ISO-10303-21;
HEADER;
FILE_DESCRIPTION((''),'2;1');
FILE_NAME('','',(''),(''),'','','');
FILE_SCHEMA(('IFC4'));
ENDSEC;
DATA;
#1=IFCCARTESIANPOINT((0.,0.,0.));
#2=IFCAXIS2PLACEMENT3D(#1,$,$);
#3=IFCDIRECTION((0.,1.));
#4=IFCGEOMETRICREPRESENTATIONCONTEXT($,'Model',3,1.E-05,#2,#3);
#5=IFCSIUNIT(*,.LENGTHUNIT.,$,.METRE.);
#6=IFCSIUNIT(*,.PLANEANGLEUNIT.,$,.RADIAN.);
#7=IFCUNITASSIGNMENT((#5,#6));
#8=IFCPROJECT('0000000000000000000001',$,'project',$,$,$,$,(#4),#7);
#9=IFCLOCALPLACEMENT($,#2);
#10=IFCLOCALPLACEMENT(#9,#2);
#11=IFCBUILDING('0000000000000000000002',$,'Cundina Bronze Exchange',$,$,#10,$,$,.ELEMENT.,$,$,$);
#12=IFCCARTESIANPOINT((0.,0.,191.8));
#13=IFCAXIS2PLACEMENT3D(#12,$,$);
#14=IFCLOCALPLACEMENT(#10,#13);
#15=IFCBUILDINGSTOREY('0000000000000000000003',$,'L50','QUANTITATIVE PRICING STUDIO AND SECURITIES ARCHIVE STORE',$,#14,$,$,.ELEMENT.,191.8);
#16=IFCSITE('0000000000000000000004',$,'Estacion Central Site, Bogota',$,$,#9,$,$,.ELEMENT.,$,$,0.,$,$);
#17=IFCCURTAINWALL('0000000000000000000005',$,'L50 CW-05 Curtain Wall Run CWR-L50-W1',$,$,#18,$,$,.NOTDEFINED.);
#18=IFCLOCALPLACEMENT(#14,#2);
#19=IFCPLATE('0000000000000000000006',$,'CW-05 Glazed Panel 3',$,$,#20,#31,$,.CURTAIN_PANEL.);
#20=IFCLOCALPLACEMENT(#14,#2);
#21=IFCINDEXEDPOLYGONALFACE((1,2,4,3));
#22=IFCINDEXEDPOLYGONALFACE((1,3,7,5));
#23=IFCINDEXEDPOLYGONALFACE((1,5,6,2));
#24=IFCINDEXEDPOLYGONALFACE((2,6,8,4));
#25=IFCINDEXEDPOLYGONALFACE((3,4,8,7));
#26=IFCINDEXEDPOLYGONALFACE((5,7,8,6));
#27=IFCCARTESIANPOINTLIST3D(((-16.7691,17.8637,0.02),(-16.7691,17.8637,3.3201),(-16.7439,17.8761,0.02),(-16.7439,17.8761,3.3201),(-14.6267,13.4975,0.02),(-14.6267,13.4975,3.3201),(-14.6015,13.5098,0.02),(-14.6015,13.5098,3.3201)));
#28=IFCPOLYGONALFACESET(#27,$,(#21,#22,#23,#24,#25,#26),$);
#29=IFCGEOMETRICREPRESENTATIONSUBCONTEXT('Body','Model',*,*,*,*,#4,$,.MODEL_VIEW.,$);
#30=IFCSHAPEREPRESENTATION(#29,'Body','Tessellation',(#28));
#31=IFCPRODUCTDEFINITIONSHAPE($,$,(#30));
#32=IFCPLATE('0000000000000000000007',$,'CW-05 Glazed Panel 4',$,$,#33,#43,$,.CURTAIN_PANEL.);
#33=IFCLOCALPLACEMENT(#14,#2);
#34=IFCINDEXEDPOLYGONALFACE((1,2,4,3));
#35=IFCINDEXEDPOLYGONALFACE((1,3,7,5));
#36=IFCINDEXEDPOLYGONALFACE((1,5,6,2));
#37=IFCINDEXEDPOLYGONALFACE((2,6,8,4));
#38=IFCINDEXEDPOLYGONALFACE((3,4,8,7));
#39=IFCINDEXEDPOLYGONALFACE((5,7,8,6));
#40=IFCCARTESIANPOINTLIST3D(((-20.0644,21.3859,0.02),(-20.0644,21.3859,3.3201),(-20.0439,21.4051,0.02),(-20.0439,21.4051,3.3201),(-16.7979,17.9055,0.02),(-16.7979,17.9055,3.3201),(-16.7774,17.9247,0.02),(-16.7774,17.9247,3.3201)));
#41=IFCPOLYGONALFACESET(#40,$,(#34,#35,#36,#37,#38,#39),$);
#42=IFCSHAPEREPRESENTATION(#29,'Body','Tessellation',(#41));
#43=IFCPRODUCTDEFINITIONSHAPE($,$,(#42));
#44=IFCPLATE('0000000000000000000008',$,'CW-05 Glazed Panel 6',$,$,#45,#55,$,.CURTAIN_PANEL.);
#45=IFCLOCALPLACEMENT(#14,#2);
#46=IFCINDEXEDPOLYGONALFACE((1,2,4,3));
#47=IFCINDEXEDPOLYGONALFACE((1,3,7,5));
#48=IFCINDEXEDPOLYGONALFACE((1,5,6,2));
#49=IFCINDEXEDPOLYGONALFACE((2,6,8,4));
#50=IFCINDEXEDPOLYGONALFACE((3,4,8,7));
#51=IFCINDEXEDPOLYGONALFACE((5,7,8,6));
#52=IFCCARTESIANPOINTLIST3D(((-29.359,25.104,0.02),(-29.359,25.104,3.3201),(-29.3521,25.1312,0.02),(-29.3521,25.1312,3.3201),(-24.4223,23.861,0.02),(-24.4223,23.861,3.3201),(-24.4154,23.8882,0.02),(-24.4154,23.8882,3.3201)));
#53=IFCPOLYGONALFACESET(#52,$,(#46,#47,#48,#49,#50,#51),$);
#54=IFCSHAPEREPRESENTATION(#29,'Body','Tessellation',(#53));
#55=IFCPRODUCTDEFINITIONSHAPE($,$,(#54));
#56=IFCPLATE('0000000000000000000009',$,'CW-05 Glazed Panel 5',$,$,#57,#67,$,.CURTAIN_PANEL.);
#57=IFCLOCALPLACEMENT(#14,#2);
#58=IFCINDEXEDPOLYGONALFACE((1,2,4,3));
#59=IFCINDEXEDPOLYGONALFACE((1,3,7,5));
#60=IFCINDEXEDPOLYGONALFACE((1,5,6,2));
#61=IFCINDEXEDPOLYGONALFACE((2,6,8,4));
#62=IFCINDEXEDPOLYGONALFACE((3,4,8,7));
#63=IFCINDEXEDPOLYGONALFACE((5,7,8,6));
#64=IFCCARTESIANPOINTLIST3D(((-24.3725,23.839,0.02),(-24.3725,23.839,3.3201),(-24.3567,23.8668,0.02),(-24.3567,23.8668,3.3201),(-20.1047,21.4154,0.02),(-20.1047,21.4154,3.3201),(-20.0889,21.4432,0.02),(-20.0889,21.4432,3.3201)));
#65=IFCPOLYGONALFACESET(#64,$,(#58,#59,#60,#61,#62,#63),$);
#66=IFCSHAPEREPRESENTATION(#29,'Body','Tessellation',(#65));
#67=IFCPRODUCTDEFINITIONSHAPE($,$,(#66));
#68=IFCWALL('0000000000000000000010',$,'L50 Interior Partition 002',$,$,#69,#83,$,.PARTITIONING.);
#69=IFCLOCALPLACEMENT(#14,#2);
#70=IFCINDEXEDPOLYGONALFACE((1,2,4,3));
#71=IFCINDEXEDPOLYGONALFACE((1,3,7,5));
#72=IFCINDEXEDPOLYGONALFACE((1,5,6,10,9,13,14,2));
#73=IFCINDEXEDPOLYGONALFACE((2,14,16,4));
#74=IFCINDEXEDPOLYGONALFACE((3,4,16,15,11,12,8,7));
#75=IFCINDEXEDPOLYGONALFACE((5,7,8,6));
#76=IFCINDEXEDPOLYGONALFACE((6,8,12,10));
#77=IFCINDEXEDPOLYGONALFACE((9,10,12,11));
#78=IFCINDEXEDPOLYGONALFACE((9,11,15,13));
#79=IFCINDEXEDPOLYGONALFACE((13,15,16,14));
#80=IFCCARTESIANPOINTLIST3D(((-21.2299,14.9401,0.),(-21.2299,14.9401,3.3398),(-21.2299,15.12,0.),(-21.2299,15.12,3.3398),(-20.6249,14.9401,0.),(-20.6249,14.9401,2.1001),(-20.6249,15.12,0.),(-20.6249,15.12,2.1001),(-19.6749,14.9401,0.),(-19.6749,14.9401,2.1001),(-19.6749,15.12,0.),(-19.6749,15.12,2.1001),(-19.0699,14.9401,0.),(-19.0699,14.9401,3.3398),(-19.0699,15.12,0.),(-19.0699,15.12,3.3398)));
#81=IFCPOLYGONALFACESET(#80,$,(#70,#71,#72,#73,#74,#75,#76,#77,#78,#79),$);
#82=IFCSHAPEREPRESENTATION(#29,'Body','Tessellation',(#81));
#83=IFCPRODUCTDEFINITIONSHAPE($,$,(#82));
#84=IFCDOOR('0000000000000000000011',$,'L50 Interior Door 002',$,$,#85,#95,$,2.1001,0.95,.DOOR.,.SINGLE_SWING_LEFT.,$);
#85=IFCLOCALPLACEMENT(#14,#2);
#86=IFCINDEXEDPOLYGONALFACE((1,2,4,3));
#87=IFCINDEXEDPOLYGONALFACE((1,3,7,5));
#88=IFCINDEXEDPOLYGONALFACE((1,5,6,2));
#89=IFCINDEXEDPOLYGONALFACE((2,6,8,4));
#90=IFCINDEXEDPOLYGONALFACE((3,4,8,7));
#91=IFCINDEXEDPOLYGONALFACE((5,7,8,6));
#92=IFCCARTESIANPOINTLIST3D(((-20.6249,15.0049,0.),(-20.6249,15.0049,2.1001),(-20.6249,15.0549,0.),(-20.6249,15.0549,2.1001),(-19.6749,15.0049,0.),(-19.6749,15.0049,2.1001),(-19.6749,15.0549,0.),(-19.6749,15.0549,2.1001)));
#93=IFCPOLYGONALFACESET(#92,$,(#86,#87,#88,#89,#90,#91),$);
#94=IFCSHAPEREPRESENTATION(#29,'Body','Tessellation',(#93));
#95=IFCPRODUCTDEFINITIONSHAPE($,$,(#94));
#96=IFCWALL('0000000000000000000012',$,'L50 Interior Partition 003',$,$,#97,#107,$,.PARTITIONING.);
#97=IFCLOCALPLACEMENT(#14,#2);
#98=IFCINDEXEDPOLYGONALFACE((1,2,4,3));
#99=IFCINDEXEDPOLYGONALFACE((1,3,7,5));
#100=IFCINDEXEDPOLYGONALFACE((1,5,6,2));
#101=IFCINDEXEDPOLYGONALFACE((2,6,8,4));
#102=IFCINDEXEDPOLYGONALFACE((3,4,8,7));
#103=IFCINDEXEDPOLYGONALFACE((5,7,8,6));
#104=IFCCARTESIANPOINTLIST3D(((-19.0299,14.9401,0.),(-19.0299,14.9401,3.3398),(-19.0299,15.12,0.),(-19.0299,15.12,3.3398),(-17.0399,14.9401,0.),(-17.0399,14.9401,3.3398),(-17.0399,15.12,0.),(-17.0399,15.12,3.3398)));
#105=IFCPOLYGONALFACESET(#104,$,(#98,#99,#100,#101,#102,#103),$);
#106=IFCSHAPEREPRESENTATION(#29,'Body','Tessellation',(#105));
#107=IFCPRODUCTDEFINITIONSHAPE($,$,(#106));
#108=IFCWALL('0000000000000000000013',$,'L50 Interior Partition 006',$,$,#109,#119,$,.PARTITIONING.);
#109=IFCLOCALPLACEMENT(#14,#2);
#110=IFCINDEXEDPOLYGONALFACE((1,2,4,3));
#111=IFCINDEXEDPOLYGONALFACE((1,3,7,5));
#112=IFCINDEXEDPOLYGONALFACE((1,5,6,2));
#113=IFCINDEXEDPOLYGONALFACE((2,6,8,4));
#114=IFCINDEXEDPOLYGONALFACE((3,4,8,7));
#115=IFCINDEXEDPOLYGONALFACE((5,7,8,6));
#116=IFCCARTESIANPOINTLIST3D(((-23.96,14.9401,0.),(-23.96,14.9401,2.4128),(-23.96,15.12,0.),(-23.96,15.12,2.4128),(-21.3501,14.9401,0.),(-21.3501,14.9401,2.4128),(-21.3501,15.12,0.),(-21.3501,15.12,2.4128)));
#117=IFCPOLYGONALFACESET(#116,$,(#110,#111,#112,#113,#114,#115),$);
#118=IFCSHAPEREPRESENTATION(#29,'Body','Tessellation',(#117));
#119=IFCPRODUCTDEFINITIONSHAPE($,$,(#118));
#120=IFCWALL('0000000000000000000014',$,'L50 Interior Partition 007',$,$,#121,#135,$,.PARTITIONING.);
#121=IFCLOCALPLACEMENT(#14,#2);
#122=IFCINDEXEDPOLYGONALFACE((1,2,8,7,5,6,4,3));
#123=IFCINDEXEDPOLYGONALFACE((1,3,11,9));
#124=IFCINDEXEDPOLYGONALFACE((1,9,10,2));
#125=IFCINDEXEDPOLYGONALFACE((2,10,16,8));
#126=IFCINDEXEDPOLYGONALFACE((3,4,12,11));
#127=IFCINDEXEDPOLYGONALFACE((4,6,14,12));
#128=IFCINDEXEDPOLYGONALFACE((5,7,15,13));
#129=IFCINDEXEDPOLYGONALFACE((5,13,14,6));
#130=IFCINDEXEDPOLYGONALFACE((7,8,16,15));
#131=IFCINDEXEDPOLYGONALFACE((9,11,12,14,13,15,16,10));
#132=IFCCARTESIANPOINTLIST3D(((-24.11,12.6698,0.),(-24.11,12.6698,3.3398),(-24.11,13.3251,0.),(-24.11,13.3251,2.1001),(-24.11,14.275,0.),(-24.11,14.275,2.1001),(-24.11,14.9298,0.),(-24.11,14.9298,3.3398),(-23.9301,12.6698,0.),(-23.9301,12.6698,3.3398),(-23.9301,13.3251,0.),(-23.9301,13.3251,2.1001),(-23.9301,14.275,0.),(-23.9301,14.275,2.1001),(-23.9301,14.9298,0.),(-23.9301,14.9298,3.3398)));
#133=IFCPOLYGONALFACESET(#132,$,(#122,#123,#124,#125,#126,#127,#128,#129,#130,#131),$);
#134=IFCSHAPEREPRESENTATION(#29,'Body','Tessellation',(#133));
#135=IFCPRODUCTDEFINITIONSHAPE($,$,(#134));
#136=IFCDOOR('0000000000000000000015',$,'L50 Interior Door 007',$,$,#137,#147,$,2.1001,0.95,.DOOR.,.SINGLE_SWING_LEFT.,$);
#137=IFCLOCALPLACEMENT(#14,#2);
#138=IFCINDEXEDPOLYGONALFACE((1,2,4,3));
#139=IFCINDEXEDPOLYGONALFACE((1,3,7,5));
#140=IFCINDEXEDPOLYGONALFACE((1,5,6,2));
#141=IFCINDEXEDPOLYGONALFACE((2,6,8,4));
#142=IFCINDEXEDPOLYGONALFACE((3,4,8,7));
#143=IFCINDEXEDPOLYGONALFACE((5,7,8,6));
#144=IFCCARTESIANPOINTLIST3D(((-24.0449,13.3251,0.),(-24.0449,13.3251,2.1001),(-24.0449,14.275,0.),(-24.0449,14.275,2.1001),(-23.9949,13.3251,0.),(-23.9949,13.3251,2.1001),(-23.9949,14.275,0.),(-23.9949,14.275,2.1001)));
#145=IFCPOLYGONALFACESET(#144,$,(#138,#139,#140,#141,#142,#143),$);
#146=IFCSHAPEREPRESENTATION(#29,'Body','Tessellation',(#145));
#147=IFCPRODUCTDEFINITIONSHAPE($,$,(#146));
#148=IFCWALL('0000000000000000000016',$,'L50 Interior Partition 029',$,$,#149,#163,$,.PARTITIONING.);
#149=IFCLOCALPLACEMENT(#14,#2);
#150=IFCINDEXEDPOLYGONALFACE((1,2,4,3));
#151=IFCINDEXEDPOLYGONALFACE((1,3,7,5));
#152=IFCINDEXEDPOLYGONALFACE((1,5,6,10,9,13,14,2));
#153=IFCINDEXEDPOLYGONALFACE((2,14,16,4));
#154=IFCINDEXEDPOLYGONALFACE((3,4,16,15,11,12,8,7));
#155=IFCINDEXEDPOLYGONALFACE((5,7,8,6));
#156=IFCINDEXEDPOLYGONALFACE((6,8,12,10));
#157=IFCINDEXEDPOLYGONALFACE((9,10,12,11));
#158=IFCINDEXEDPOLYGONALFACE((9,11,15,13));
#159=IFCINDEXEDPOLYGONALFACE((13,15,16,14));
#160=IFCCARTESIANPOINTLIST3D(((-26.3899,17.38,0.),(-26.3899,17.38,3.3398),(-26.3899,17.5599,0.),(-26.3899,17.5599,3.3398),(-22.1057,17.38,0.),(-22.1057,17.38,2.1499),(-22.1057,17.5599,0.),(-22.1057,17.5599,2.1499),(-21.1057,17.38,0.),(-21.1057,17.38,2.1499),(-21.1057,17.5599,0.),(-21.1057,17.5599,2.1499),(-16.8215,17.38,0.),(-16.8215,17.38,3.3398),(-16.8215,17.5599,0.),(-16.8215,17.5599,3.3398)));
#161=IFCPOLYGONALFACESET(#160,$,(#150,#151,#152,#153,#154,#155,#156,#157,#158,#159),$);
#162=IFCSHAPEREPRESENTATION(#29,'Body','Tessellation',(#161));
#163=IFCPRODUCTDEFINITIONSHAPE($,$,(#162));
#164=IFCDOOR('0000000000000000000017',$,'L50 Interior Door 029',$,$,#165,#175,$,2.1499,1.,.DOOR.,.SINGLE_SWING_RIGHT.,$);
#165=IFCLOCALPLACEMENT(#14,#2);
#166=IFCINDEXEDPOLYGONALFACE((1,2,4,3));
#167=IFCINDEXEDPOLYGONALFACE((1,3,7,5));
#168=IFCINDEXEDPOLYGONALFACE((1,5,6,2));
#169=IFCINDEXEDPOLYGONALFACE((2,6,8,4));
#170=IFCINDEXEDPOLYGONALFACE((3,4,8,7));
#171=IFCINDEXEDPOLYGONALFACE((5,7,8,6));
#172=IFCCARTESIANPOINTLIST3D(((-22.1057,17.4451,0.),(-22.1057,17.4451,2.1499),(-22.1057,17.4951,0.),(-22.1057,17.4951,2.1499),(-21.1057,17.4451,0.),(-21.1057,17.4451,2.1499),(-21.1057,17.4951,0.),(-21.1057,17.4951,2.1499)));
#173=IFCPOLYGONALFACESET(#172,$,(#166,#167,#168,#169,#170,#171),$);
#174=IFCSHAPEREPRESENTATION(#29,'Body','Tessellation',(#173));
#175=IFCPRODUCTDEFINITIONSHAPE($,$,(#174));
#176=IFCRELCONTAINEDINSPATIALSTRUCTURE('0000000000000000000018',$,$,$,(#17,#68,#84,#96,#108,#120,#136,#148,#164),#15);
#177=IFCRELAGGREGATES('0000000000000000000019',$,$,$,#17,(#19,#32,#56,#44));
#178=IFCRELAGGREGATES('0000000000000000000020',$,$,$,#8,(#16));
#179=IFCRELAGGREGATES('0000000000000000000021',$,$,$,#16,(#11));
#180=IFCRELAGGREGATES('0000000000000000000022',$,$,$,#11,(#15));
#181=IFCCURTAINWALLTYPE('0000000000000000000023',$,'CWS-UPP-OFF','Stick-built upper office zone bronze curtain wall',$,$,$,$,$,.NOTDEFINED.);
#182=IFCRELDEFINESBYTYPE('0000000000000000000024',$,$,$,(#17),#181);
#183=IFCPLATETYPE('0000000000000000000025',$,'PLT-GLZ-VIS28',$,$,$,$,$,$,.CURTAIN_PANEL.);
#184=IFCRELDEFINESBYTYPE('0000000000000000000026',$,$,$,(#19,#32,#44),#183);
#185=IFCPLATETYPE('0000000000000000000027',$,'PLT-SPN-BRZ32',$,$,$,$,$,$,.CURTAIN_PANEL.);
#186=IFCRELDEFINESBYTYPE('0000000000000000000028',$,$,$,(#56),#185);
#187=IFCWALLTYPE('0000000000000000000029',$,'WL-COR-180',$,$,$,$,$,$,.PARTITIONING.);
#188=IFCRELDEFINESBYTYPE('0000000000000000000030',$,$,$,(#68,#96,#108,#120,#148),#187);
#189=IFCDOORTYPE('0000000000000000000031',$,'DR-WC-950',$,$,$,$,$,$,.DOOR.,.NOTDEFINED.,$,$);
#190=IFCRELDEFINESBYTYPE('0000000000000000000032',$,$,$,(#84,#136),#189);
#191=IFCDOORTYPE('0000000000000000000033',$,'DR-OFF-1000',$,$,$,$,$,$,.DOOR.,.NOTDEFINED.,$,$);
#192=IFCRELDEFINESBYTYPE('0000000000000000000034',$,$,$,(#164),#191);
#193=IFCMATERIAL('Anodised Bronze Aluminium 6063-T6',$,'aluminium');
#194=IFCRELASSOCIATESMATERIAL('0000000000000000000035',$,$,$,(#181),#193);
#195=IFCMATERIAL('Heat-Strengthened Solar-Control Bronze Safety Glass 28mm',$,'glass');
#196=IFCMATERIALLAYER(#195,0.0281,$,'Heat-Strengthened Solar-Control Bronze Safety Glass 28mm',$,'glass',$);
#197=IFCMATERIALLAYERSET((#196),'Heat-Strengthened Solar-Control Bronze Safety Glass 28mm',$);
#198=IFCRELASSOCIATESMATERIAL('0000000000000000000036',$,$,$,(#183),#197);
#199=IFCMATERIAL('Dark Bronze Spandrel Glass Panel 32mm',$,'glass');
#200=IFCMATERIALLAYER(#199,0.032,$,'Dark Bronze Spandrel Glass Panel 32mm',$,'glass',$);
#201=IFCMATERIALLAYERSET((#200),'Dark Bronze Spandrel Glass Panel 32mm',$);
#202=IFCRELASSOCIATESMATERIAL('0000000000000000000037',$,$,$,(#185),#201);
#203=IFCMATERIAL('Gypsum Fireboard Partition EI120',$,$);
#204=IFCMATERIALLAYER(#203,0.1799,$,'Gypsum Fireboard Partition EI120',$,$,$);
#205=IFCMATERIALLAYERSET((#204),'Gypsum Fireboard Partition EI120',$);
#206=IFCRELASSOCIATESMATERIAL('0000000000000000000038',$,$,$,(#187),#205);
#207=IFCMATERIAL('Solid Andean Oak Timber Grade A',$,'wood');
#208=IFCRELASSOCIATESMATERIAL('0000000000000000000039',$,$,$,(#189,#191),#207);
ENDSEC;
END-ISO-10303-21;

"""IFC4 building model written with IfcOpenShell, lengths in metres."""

from ifc_helpers import new_model, si_unit, direction, frame, frame_2d, origin, origin_2d, place, context, subcontext, project, spatial, rectangle, extrude, material, layer, layer_set, type_object, element, fill, aggregate, save


model = new_model("IFC4")

# Units and contexts
model_context = context("Model", 3, precision=1e-05, world=origin(), true_north=direction((0.0, 1.0)))
body_context = subcontext(model_context, "Body", "Model", "MODEL_VIEW")
ifc_project = project(units=[si_unit("LENGTHUNIT", "METRE"), si_unit("PLANEANGLEUNIT", "RADIAN")], contexts=[model_context])

# Site, building, storey
site_placement = place(None, origin())
site = spatial("IfcSite", under=ifc_project, at=site_placement, Name="Estacion Central Site, Bogota", CompositionType="ELEMENT", RefElevation=0.0)
building_placement = place(site_placement, origin())
building = spatial("IfcBuilding", under=site, at=building_placement, Name="Cundina Bronze Exchange", CompositionType="ELEMENT")
storey_placement = place(building_placement, frame((0.0, 0.0, 191.8)))
storey = spatial("IfcBuildingStorey", under=building, at=storey_placement, Name="L50", Description="QUANTITATIVE PRICING STUDIO AND SECURITIES ARCHIVE STORE", CompositionType="ELEMENT", Elevation=191.8)

# Curtain wall, plates
ifc_material_1 = material(Name="Anodised Bronze Aluminium 6063-T6", Category="aluminium")
curtain_wall_type = type_object("IfcCurtainWallType", Name="CWS-UPP-OFF", Description="Stick-built upper office zone bronze curtain wall", PredefinedType="NOTDEFINED", material=ifc_material_1)
curtain_wall_placement = place(storey_placement, origin())
curtain_wall = element("IfcCurtainWall", 1, at=curtain_wall_placement, inside=storey, type_object=curtain_wall_type, Name="L50 CW-05 Curtain Wall Run CWR-L50-W1", PredefinedType="NOTDEFINED")
ifc_material_2 = material(Name="Heat-Strengthened Solar-Control Bronze Safety Glass 28mm", Category="glass")
ifc_layer_1 = layer(ifc_material_2, 0.0281, Name="Heat-Strengthened Solar-Control Bronze Safety Glass 28mm", Category="glass")
ifc_layer_set_1 = layer_set([ifc_layer_1], Name="Heat-Strengthened Solar-Control Bronze Safety Glass 28mm")
plate_type_1 = type_object("IfcPlateType", Name="PLT-GLZ-VIS28", PredefinedType="CURTAIN_PANEL", material=ifc_layer_set_1)
plate_1_placement = place(storey_placement, frame((-15.6853, 15.6868, 0.02), z_axis=(0.0, 0.0, 1.0), x_axis=(-0.440503, 0.897751, 0.0)))
plate_1 = element("IfcPlate", 2, at=plate_1_placement, type_object=plate_type_1, Name="CW-05 Glazed Panel 3", PredefinedType="CURTAIN_PANEL", context=body_context, shape_type="SweptSolid", body=[
    extrude(rectangle(XDim=4.8635, YDim=0.0281, at=origin_2d()), origin(), (0.0, 0.0, 1.0), 3.3),
])
plate_2_placement = place(storey_placement, frame((-18.4209, 19.6553, 0.02), z_axis=(0.0, 0.0, 1.0), x_axis=(-0.684344, 0.72916, 0.0)))
plate_2 = element("IfcPlate", 3, at=plate_2_placement, type_object=plate_type_1, Name="CW-05 Glazed Panel 4", PredefinedType="CURTAIN_PANEL", context=body_context, shape_type="SweptSolid", body=[
    extrude(rectangle(XDim=4.7732, YDim=0.0281, at=origin_2d()), origin(), (0.0, 0.0, 1.0), 3.3),
])
plate_3_placement = place(storey_placement, frame((-26.8872, 24.4961, 0.02), z_axis=(0.0, 0.0, 1.0), x_axis=(-0.969732, 0.244174, 0.0)))
plate_3 = element("IfcPlate", 4, at=plate_3_placement, type_object=plate_type_1, Name="CW-05 Glazed Panel 6", PredefinedType="CURTAIN_PANEL", context=body_context, shape_type="SweptSolid", body=[
    extrude(rectangle(XDim=5.0908, YDim=0.0281, at=origin_2d()), origin(), (0.0, 0.0, 1.0), 3.3),
])
ifc_material_3 = material(Name="Dark Bronze Spandrel Glass Panel 32mm", Category="glass")
ifc_layer_2 = layer(ifc_material_3, 0.032, Name="Dark Bronze Spandrel Glass Panel 32mm", Category="glass")
ifc_layer_set_2 = layer_set([ifc_layer_2], Name="Dark Bronze Spandrel Glass Panel 32mm")
plate_type_2 = type_object("IfcPlateType", Name="PLT-SPN-BRZ32", PredefinedType="CURTAIN_PANEL", material=ifc_layer_set_2)
plate_4_placement = place(storey_placement, frame((-22.2307, 22.6411, 0.02), z_axis=(0.0, 0.0, 1.0), x_axis=(-0.869573, 0.493805, 0.0)))
plate_4 = element("IfcPlate", 5, at=plate_4_placement, type_object=plate_type_2, Name="CW-05 Glazed Panel 5", PredefinedType="CURTAIN_PANEL", context=body_context, shape_type="SweptSolid", body=[
    extrude(rectangle(XDim=4.908, YDim=0.032, at=origin_2d()), origin(), (0.0, 0.0, 1.0), 3.3),
])
aggregate(curtain_wall, [plate_1, plate_2, plate_4, plate_3])

# Wall, opening, door
ifc_material_4 = material(Name="Gypsum Fireboard Partition EI120")
ifc_layer_3 = layer(ifc_material_4, 0.1799, Name="Gypsum Fireboard Partition EI120")
ifc_layer_set_3 = layer_set([ifc_layer_3], Name="Gypsum Fireboard Partition EI120")
wall_type_1 = type_object("IfcWallType", Name="WL-COR-180", PredefinedType="PARTITIONING", material=ifc_layer_set_3)
wall_1_placement = place(storey_placement, frame((-21.23, 15.03, 0.0), z_axis=(0.0, 0.0, 1.0), x_axis=(1.0, 0.0, 0.0)))
wall_1 = element("IfcWall", 6, at=wall_1_placement, inside=storey, type_object=wall_type_1, Name="L50 Interior Partition 002", PredefinedType="PARTITIONING", context=body_context, shape_type="SweptSolid", body=[
    extrude(rectangle(XDim=2.1599, YDim=0.1799, at=frame_2d((1.0801, 0.0))), origin(), (0.0, 0.0, 1.0), 3.3398),
])
opening_1_placement = place(wall_1_placement, frame((0.605, 0.0, 0.0)))
opening_1 = element("IfcOpeningElement", 7, at=opening_1_placement, cuts=wall_1, PredefinedType="OPENING", context=body_context, shape_type="SweptSolid", body=[
    extrude(rectangle(XDim=0.95, YDim=2.1001, at=frame_2d((0.4751, 1.05))), frame((0.0, 0.0999, 0.0), z_axis=(0.0, -1.0, 0.0), x_axis=(1.0, 0.0, 0.0)), (0.0, 0.0, 1.0), 0.2),
])
ifc_material_5 = material(Name="Solid Andean Oak Timber Grade A", Category="wood")
door_type_1 = type_object("IfcDoorType", Name="DR-WC-950", OperationType="NOTDEFINED", PredefinedType="DOOR", material=ifc_material_5)
door_1_placement = place(opening_1_placement, origin())
door_1 = element("IfcDoor", 8, at=door_1_placement, inside=storey, type_object=door_type_1, Name="L50 Interior Door 002", OperationType="SINGLE_SWING_LEFT", OverallHeight=2.1001, OverallWidth=0.95, PredefinedType="DOOR", context=body_context, shape_type="SweptSolid", body=[
    extrude(rectangle(XDim=0.95, YDim=2.1001, at=frame_2d((0.4751, 1.05))), frame((0.0, 0.0249, 0.0), z_axis=(0.0, -1.0, 0.0), x_axis=(1.0, 0.0, 0.0)), (0.0, 0.0, 1.0), 0.05),
])
fill(opening_1, door_1)

# Walls
wall_2_placement = place(storey_placement, frame((-19.03, 15.03, 0.0), z_axis=(0.0, 0.0, 1.0), x_axis=(1.0, 0.0, 0.0)))
element("IfcWall", 9, at=wall_2_placement, inside=storey, type_object=wall_type_1, Name="L50 Interior Partition 003", PredefinedType="PARTITIONING", context=body_context, shape_type="SweptSolid", body=[
    extrude(rectangle(XDim=1.99, YDim=0.1799, at=frame_2d((0.9951, 0.0))), origin(), (0.0, 0.0, 1.0), 3.3398),
])
wall_3_placement = place(storey_placement, frame((-23.96, 15.03, 0.0), z_axis=(0.0, 0.0, 1.0), x_axis=(1.0, 0.0, 0.0)))
element("IfcWall", 10, at=wall_3_placement, inside=storey, type_object=wall_type_1, Name="L50 Interior Partition 006", PredefinedType="PARTITIONING", context=body_context, shape_type="SweptSolid", body=[
    extrude(rectangle(XDim=2.6099, YDim=0.1799, at=frame_2d((1.3049, 0.0))), origin(), (0.0, 0.0, 1.0), 2.4128),
])

# Walls, openings, doors
wall_4_placement = place(storey_placement, frame((-24.02, 12.6699, 0.0), z_axis=(0.0, 0.0, 1.0), x_axis=(0.0, 1.0, 0.0)))
wall_4 = element("IfcWall", 11, at=wall_4_placement, inside=storey, type_object=wall_type_1, Name="L50 Interior Partition 007", PredefinedType="PARTITIONING", context=body_context, shape_type="SweptSolid", body=[
    extrude(rectangle(XDim=2.26, YDim=0.1799, at=frame_2d((1.1299, 0.0))), origin(), (0.0, 0.0, 1.0), 3.3398),
])
opening_2_placement = place(wall_4_placement, frame((0.655, 0.0, 0.0)))
opening_2 = element("IfcOpeningElement", 12, at=opening_2_placement, cuts=wall_4, PredefinedType="OPENING", context=body_context, shape_type="SweptSolid", body=[
    extrude(rectangle(XDim=0.95, YDim=2.1001, at=frame_2d((0.4751, 1.05))), frame((0.0, 0.0999, 0.0), z_axis=(0.0, -1.0, 0.0), x_axis=(1.0, 0.0, 0.0)), (0.0, 0.0, 1.0), 0.2),
])
door_2_placement = place(opening_2_placement, origin())
door_2 = element("IfcDoor", 13, at=door_2_placement, inside=storey, type_object=door_type_1, Name="L50 Interior Door 007", OperationType="SINGLE_SWING_LEFT", OverallHeight=2.1001, OverallWidth=0.95, PredefinedType="DOOR", context=body_context, shape_type="SweptSolid", body=[
    extrude(rectangle(XDim=0.95, YDim=2.1001, at=frame_2d((0.4751, 1.05))), frame((0.0, 0.0249, 0.0), z_axis=(0.0, -1.0, 0.0), x_axis=(1.0, 0.0, 0.0)), (0.0, 0.0, 1.0), 0.05),
])
fill(opening_2, door_2)
wall_5_placement = place(storey_placement, frame((-16.8215, 17.47, 0.0), z_axis=(0.0, 0.0, 1.0), x_axis=(-1.0, 0.0, 0.0)))
wall_5 = element("IfcWall", 14, at=wall_5_placement, inside=storey, type_object=wall_type_1, Name="L50 Interior Partition 029", PredefinedType="PARTITIONING", context=body_context, shape_type="SweptSolid", body=[
    extrude(rectangle(XDim=9.5684, YDim=0.1799, at=frame_2d((4.7842, 0.0))), origin(), (0.0, 0.0, 1.0), 3.3398),
])
opening_3_placement = place(wall_5_placement, frame((4.2842, 0.0, 0.0)))
opening_3 = element("IfcOpeningElement", 15, at=opening_3_placement, cuts=wall_5, PredefinedType="OPENING", context=body_context, shape_type="SweptSolid", body=[
    extrude(rectangle(XDim=1.0, YDim=2.1499, at=frame_2d((0.5, 1.075))), frame((0.0, 0.0999, 0.0), z_axis=(0.0, -1.0, 0.0), x_axis=(1.0, 0.0, 0.0)), (0.0, 0.0, 1.0), 0.2),
])
door_type_2 = type_object("IfcDoorType", Name="DR-OFF-1000", OperationType="NOTDEFINED", PredefinedType="DOOR", material=ifc_material_5)
door_3_placement = place(opening_3_placement, origin())
door_3 = element("IfcDoor", 16, at=door_3_placement, inside=storey, type_object=door_type_2, Name="L50 Interior Door 029", OperationType="SINGLE_SWING_RIGHT", OverallHeight=2.1499, OverallWidth=1.0, PredefinedType="DOOR", context=body_context, shape_type="SweptSolid", body=[
    extrude(rectangle(XDim=1.0, YDim=2.1499, at=frame_2d((0.5, 1.075))), frame((0.0, 0.0249, 0.0), z_axis=(0.0, -1.0, 0.0), x_axis=(1.0, 0.0, 0.0)), (0.0, 0.0, 1.0), 0.05),
])
fill(opening_3, door_3)

save(model, "model.ifc")
